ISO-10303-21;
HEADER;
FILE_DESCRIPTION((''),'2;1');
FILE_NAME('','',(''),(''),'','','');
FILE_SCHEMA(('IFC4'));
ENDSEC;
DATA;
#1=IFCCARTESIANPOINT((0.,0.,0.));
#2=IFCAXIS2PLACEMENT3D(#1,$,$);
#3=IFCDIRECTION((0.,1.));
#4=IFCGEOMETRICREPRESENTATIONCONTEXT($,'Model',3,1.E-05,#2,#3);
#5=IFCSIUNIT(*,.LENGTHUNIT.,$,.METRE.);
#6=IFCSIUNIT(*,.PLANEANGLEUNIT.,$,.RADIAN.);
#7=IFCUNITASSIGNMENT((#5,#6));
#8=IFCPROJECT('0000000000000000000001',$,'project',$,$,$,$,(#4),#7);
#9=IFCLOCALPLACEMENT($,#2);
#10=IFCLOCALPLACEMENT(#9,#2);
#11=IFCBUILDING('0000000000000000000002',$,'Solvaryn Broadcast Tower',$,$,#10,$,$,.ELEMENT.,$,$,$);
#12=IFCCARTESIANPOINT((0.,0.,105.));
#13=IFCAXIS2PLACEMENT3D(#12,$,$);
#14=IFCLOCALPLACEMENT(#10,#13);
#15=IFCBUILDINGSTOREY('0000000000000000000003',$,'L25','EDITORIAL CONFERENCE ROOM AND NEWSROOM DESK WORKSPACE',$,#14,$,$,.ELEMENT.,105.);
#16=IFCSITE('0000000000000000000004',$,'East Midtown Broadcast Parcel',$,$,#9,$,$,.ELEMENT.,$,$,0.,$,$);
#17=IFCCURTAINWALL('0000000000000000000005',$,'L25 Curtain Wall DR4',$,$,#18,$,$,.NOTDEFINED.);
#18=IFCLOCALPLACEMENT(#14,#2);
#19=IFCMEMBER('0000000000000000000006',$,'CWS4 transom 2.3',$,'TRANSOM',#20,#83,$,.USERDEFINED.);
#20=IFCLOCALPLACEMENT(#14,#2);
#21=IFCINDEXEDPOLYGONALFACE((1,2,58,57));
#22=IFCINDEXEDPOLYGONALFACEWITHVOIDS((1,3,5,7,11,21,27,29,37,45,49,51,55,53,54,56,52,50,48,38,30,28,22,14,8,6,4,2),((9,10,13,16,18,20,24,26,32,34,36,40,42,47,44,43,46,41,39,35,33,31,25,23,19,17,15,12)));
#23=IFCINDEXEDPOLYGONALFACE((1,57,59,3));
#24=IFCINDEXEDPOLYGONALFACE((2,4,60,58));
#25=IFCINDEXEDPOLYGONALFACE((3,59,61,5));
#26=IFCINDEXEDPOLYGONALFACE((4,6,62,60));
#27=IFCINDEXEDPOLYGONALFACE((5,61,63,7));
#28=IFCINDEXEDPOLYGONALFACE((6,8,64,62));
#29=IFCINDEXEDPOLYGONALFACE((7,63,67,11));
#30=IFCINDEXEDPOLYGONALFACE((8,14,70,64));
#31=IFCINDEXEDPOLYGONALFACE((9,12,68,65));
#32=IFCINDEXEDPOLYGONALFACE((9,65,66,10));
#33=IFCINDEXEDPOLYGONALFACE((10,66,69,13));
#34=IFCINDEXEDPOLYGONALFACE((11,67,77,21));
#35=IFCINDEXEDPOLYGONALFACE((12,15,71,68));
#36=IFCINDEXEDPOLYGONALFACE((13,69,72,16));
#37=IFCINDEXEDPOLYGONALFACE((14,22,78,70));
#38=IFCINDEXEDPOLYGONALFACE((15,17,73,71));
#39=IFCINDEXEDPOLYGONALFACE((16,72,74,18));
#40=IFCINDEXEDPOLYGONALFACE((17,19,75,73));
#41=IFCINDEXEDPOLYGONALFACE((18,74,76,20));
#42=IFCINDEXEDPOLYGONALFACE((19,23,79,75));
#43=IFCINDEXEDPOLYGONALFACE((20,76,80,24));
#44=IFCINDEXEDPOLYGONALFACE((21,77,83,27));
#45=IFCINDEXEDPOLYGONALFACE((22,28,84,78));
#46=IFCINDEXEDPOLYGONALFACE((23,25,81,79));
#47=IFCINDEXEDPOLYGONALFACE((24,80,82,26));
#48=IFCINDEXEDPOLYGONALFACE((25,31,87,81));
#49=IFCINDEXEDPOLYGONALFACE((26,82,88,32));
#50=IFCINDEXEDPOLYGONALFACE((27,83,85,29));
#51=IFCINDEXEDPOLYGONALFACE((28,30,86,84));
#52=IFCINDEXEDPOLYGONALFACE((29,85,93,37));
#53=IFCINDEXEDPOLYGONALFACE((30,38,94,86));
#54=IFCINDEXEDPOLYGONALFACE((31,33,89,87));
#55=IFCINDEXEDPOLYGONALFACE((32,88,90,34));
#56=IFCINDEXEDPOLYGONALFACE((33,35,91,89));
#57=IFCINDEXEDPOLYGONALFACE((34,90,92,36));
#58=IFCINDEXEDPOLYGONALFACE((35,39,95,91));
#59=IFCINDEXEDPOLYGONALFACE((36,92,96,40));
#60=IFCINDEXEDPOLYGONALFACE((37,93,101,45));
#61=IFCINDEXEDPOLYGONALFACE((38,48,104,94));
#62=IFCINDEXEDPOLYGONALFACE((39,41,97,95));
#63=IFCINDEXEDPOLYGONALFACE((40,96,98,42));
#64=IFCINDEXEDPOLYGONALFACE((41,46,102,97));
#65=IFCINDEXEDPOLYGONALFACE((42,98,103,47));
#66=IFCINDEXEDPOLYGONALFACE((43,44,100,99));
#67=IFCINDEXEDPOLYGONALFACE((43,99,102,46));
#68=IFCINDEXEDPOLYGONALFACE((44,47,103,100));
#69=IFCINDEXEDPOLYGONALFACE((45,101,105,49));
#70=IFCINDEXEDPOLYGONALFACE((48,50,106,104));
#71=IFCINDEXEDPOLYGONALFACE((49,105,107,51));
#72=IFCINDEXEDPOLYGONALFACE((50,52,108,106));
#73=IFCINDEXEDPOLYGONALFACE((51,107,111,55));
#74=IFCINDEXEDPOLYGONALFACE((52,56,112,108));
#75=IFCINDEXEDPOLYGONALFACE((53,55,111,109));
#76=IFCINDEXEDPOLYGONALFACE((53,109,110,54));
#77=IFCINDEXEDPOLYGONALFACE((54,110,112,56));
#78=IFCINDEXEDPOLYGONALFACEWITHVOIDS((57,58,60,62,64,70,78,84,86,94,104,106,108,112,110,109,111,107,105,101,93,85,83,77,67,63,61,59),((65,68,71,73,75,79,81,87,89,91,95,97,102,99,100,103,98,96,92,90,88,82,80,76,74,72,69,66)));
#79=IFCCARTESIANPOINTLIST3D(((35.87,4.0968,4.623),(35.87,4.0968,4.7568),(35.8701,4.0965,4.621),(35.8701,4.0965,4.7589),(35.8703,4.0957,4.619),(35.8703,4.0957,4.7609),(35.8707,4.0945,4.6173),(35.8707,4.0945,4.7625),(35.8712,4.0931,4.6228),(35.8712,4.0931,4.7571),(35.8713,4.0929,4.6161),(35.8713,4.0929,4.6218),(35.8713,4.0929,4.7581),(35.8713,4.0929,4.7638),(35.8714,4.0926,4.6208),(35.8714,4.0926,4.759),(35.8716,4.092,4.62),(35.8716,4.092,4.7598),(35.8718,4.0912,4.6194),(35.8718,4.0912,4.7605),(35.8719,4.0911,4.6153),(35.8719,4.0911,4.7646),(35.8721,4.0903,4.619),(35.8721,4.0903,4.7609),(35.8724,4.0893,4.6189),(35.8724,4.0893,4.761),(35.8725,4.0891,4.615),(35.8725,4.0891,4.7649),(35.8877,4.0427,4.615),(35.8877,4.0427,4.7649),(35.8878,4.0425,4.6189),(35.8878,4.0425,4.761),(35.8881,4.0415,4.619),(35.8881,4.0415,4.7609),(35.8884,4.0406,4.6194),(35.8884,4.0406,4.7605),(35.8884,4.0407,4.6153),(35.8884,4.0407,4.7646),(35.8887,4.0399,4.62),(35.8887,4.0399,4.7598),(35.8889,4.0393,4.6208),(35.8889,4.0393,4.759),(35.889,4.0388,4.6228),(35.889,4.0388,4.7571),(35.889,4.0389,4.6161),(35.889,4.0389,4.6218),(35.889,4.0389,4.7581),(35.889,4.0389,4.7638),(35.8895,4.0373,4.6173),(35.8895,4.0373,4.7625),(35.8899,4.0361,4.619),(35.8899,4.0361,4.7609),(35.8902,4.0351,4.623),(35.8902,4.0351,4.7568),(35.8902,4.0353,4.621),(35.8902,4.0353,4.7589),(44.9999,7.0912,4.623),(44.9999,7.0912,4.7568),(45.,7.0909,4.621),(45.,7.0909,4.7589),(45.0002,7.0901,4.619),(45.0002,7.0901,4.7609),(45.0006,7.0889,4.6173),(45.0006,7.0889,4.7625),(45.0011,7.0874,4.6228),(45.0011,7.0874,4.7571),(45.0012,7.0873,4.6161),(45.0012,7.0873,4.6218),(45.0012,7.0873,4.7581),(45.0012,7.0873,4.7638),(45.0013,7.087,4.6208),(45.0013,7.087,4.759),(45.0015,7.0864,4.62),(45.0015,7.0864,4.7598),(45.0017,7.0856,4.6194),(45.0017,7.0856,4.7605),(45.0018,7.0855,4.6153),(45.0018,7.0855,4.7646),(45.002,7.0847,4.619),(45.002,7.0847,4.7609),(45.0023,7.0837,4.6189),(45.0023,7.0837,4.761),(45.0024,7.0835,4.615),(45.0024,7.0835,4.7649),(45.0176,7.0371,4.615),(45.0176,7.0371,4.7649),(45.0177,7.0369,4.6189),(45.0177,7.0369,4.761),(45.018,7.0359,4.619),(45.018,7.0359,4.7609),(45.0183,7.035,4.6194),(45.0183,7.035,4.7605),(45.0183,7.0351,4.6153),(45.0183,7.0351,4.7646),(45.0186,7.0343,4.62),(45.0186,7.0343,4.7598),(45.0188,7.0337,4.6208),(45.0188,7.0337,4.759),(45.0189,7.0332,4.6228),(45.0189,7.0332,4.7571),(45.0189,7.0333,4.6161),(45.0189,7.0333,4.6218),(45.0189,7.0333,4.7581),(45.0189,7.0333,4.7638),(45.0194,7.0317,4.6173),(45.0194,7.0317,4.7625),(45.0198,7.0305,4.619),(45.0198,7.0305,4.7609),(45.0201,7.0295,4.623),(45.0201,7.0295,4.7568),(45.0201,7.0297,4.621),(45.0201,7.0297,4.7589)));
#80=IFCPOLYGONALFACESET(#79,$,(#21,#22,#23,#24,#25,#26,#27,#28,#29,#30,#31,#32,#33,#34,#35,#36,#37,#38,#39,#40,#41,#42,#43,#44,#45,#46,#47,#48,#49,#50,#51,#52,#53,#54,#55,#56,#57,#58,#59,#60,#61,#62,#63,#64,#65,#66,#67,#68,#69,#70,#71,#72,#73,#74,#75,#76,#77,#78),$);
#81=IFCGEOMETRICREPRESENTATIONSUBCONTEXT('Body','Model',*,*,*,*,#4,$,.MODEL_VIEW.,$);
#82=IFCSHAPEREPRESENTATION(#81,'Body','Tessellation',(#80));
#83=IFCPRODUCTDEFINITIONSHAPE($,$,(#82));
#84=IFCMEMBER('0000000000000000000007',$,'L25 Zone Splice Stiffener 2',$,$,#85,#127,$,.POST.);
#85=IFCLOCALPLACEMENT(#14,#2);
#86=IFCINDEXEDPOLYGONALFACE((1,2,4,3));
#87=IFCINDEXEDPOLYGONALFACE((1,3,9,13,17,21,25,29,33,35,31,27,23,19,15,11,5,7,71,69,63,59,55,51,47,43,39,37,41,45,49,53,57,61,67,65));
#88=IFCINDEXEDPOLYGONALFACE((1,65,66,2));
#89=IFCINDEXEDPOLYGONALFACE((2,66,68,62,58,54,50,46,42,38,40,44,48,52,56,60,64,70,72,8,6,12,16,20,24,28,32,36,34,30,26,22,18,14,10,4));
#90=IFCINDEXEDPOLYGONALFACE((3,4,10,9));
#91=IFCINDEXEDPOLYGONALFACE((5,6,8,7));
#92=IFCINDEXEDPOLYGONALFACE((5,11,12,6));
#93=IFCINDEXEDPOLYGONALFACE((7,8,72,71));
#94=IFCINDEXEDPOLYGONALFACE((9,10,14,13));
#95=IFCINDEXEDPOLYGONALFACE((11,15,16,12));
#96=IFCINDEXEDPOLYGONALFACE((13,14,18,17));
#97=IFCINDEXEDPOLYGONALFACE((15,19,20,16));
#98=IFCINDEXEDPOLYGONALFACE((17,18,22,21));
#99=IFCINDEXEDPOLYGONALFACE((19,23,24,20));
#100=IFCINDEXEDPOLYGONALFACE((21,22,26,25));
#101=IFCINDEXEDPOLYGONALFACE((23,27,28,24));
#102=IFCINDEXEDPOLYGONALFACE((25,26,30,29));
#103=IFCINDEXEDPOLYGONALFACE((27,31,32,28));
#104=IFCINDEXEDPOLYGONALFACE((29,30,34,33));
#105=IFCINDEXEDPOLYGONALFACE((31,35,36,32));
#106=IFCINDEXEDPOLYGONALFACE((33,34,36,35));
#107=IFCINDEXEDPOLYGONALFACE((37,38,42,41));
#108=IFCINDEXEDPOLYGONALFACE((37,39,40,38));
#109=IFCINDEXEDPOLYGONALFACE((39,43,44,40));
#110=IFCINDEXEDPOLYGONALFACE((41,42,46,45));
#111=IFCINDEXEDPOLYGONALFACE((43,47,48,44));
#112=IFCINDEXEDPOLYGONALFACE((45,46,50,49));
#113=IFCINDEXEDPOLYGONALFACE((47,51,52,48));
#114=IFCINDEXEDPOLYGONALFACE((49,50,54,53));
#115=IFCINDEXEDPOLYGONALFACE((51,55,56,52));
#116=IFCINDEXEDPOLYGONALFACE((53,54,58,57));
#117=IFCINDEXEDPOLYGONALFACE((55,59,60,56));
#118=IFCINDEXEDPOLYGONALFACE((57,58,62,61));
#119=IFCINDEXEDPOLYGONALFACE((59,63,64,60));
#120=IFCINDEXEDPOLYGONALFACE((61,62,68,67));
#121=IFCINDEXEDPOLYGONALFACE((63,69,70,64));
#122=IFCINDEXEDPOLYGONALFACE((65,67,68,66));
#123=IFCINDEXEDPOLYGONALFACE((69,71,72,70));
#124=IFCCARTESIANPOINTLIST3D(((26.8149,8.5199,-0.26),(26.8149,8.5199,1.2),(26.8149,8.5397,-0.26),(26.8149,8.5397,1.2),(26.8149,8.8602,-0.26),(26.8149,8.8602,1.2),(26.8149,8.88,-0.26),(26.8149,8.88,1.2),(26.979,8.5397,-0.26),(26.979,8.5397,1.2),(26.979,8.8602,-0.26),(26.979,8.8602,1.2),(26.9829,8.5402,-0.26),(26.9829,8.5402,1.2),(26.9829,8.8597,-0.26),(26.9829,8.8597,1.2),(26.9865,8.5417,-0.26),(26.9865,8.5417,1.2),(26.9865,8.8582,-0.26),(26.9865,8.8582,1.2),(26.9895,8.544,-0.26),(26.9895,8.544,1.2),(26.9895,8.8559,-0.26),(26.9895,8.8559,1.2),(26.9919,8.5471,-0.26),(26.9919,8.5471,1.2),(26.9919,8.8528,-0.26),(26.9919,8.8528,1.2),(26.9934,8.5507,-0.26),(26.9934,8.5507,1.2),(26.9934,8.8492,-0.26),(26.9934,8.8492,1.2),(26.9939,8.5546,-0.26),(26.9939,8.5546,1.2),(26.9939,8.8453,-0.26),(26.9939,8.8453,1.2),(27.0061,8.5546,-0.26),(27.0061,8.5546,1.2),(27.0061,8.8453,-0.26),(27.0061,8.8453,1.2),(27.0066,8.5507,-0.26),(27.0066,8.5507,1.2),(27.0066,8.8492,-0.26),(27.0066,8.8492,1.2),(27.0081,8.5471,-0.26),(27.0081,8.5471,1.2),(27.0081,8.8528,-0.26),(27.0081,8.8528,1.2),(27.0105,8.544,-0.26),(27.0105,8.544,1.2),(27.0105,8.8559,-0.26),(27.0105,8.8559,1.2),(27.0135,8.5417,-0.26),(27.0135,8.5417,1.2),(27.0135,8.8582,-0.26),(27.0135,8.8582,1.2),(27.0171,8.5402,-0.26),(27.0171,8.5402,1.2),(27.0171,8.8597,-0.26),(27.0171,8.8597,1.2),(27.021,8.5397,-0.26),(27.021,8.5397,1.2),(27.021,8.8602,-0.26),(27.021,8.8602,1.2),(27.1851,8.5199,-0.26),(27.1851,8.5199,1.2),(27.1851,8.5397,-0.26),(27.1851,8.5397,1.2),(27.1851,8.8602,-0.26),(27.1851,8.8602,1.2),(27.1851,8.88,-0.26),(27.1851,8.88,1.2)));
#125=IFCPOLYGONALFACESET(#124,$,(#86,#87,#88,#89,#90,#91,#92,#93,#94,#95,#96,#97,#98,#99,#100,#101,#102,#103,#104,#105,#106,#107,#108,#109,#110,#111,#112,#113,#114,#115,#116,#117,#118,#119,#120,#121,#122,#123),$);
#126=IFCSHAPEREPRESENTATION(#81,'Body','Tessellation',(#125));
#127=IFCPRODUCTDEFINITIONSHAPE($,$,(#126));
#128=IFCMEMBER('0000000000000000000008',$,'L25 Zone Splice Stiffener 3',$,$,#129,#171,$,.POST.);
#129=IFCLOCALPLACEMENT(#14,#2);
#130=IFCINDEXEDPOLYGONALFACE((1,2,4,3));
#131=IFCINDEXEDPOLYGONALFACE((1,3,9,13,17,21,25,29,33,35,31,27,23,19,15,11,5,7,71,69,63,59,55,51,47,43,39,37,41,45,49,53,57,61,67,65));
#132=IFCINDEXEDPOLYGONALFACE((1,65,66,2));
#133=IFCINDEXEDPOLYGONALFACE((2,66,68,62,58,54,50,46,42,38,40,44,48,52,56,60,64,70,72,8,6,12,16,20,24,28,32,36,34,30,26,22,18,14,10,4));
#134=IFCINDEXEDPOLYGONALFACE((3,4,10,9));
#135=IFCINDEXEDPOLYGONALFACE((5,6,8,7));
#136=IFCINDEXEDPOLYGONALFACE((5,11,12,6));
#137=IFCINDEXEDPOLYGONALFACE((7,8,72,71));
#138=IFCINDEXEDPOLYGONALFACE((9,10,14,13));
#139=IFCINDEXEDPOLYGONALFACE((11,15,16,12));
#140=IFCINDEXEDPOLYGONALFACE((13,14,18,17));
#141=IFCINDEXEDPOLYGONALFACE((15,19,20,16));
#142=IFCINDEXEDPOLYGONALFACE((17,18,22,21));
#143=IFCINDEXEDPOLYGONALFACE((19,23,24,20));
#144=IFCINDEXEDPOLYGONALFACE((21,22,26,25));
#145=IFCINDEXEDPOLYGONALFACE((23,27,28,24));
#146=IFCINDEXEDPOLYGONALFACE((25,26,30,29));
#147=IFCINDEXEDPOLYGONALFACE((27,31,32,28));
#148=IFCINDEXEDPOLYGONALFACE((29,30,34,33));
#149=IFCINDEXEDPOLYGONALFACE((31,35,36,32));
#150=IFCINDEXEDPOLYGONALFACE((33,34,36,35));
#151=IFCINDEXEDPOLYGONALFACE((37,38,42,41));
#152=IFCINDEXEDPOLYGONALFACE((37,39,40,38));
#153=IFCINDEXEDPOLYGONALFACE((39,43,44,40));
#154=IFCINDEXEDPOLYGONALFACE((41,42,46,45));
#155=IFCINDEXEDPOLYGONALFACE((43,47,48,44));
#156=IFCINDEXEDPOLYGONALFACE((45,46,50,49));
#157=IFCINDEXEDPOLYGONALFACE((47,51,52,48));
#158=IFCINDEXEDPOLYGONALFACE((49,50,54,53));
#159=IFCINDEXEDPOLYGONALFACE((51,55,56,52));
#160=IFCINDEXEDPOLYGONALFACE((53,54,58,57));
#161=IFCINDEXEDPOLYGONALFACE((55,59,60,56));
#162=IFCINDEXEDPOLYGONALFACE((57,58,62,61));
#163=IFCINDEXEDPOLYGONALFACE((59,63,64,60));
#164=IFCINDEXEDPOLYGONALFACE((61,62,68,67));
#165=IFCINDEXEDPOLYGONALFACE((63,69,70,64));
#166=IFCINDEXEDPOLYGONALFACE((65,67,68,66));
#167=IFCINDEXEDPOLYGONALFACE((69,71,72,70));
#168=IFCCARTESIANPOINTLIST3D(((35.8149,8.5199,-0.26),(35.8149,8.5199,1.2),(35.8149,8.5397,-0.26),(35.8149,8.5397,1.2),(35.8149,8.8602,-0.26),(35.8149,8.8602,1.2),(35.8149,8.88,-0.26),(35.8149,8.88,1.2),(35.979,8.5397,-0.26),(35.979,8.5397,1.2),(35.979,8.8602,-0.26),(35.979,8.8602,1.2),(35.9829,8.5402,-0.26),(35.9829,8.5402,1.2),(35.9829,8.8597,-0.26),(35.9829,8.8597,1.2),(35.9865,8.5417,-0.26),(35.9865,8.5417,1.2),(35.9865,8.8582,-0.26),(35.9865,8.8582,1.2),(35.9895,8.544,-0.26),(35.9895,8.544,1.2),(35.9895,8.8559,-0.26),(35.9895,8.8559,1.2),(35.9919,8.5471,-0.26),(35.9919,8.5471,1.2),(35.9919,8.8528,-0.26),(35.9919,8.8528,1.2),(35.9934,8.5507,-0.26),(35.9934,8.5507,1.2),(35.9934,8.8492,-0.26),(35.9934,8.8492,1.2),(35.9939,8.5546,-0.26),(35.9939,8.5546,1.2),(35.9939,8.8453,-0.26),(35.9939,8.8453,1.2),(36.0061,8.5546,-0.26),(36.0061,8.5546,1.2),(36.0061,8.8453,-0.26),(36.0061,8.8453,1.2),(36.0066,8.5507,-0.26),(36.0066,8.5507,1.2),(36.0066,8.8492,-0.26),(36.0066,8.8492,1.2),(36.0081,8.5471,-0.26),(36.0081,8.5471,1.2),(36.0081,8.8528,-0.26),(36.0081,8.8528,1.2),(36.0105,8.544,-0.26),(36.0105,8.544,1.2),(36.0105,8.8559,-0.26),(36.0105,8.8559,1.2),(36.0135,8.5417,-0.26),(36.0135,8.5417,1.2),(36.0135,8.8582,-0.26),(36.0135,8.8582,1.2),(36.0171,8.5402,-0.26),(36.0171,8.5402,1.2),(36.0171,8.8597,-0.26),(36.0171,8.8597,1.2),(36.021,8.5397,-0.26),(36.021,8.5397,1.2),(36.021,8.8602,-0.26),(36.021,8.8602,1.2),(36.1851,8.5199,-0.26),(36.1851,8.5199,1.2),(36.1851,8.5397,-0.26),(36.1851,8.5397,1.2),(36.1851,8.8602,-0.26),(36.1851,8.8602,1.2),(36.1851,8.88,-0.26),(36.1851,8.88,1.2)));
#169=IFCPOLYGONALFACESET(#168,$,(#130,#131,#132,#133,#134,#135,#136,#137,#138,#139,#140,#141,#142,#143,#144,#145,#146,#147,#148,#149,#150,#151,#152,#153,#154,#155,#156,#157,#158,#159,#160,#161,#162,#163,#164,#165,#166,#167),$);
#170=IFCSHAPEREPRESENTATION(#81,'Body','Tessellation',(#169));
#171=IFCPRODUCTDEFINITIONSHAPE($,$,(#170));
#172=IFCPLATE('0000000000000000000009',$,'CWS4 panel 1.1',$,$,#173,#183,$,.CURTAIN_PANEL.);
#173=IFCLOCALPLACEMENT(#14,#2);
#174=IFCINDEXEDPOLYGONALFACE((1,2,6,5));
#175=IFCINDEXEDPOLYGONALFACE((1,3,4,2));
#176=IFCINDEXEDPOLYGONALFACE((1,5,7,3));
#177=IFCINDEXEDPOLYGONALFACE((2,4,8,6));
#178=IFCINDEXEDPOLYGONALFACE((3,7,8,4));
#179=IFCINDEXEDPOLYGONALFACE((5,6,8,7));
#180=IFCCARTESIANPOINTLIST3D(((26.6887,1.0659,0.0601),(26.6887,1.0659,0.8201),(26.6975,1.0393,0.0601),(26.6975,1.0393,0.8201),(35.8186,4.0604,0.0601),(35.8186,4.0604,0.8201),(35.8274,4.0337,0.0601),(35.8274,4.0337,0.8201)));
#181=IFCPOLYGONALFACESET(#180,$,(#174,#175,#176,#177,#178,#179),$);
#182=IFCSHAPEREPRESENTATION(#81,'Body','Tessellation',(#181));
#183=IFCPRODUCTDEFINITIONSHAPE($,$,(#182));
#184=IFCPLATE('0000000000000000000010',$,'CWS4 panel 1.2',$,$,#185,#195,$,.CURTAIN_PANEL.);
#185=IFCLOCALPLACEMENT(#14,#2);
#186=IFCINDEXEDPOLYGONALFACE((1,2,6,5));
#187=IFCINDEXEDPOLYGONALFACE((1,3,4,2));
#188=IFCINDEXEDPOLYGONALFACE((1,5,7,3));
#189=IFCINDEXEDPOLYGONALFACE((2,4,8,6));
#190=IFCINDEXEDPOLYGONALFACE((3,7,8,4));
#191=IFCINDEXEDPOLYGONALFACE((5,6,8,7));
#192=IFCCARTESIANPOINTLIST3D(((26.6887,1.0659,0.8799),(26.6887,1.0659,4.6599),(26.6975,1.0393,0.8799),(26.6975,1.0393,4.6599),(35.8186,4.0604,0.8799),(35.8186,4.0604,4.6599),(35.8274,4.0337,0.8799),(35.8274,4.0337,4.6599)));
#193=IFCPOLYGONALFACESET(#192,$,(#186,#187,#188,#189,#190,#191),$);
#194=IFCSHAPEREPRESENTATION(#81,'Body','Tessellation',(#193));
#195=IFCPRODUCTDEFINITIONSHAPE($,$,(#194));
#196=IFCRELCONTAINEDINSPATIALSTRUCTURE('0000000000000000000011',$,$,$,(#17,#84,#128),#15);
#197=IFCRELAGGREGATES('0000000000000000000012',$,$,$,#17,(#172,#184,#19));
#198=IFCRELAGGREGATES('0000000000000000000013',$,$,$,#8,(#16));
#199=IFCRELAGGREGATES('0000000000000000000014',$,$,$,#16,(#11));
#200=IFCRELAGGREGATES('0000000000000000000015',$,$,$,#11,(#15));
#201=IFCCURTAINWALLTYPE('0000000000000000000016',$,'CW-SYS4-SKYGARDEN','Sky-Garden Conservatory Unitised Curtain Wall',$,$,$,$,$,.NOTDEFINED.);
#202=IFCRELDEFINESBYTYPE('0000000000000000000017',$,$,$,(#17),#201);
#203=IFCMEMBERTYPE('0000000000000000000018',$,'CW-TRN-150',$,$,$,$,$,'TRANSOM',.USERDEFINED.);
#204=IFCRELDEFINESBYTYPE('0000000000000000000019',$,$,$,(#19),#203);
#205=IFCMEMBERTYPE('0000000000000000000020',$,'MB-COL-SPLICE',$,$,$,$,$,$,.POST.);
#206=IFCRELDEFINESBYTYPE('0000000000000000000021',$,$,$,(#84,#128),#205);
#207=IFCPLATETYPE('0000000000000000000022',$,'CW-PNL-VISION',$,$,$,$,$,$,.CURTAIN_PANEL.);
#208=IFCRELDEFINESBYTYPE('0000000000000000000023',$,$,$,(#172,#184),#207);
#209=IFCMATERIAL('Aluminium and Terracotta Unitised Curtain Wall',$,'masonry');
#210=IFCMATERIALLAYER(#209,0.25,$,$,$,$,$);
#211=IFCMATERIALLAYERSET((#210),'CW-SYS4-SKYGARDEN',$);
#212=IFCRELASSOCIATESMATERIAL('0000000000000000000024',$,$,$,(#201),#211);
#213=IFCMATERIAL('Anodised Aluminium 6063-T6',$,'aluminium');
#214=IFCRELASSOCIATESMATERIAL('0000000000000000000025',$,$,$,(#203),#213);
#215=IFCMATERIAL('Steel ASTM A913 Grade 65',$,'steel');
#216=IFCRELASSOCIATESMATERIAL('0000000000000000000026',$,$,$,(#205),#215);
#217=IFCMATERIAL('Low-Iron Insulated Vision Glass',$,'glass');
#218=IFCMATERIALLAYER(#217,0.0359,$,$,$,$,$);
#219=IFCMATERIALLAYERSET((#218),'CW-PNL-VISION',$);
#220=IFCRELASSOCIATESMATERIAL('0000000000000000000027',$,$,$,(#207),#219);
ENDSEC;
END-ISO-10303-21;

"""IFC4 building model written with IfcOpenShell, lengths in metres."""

from ifc_helpers import new_model, si_unit, direction, frame, origin, origin_2d, place, context, subcontext, project, spatial, rectangle, hollow_rectangle, i_section, extrude, material, layer, layer_set, material_profile, profile_set, type_object, element, aggregate, save


model = new_model("IFC4")

# Units and contexts
model_context = context("Model", 3, precision=1e-05, world=origin(), true_north=direction((0.0, 1.0)))
body_context = subcontext(model_context, "Body", "Model", "MODEL_VIEW")
ifc_project = project(units=[si_unit("LENGTHUNIT", "METRE"), si_unit("PLANEANGLEUNIT", "RADIAN")], contexts=[model_context])

# Site, building, storey
site_placement = place(None, origin())
site = spatial("IfcSite", under=ifc_project, at=site_placement, Name="East Midtown Broadcast Parcel", CompositionType="ELEMENT", RefElevation=0.0)
building_placement = place(site_placement, origin())
building = spatial("IfcBuilding", under=site, at=building_placement, Name="Solvaryn Broadcast Tower", CompositionType="ELEMENT")
storey_placement = place(building_placement, frame((0.0, 0.0, 105.0)))
storey = spatial("IfcBuildingStorey", under=building, at=storey_placement, Name="L25", Description="EDITORIAL CONFERENCE ROOM AND NEWSROOM DESK WORKSPACE", CompositionType="ELEMENT", Elevation=105.0)

# Shared definitions
ifc_material_1 = material(Name="Aluminium and Terracotta Unitised Curtain Wall", Category="masonry")
ifc_layer_1 = layer(ifc_material_1, 0.25)
ifc_layer_set_1 = layer_set([ifc_layer_1], Name="CW-SYS4-SKYGARDEN")
curtain_wall_type = type_object("IfcCurtainWallType", Name="CW-SYS4-SKYGARDEN", Description="Sky-Garden Conservatory Unitised Curtain Wall", PredefinedType="NOTDEFINED", material=ifc_layer_set_1)

# Curtain wall, member
curtain_wall_1_placement = place(storey_placement, origin())
curtain_wall_1 = element("IfcCurtainWall", 1, at=curtain_wall_1_placement, inside=storey, type_object=curtain_wall_type, Name="L25 Curtain Wall DR4", PredefinedType="NOTDEFINED")
ifc_material_2 = material(Name="Anodised Aluminium 6063-T6", Category="aluminium")
ifc_material_profile_1 = material_profile(ifc_material_2, hollow_rectangle(XDim=0.0649, YDim=0.1499, WallThickness=0.0039, InnerFilletRadius=0.0039, OuterFilletRadius=0.0081, at=origin_2d()))
ifc_profile_set_1 = profile_set([ifc_material_profile_1], Name="Anodised Aluminium 6063-T6")
member_type_1 = type_object("IfcMemberType", Name="CW-TRN-150", ElementType="TRANSOM", PredefinedType="USERDEFINED", material=ifc_profile_set_1)
member_1_placement = place(storey_placement, frame((35.8801, 4.0659, 4.6899), z_axis=(0.950199, 0.311643, 0.0), x_axis=(-0.311643, 0.950199, 0.0)))
member_1 = element("IfcMember", 2, at=member_1_placement, type_object=member_type_1, Name="CWS4 transom 2.3", ObjectType="TRANSOM", PredefinedType="USERDEFINED", context=body_context, shape_type="SweptSolid", body=[
    extrude(hollow_rectangle(XDim=0.0649, YDim=0.1499, WallThickness=0.0039, InnerFilletRadius=0.0039, OuterFilletRadius=0.0081, at=origin_2d()), origin(), (0.0, 0.0, 1.0), 9.6084),
])

# Members
ifc_material_3 = material(Name="Steel ASTM A913 Grade 65", Category="steel")
ifc_material_profile_2 = material_profile(ifc_material_3, i_section(OverallWidth=0.3701, OverallDepth=0.3601, WebThickness=0.0122, FlangeThickness=0.0198, FilletRadius=0.0149, at=origin_2d()))
ifc_profile_set_2 = profile_set([ifc_material_profile_2], Name="Steel ASTM A913 Grade 65")
member_type_2 = type_object("IfcMemberType", Name="MB-COL-SPLICE", PredefinedType="POST", material=ifc_profile_set_2)
for number, where, z_axis, x_axis, name in (
    (3, (27.0, 8.7, -0.26), (0.0, 0.0, 1.0), (1.0, 0.0, 0.0), "L25 Zone Splice Stiffener 2"),
    (4, (36.0, 8.7, -0.26), (0.0, 0.0, 1.0), (1.0, 0.0, 0.0), "L25 Zone Splice Stiffener 3"),
):
    element("IfcMember", number, at=place(storey_placement, frame(where, z_axis=z_axis, x_axis=x_axis)), inside=storey, type_object=member_type_2, Name=name, PredefinedType="POST", context=body_context, shape_type="SweptSolid", body=[
        extrude(i_section(OverallWidth=0.3701, OverallDepth=0.3601, WebThickness=0.0122, FlangeThickness=0.0198, FilletRadius=0.0149, at=origin_2d()), origin(), (0.0, 0.0, 1.0), 1.46),
    ])

# Plates
ifc_material_4 = material(Name="Low-Iron Insulated Vision Glass", Category="glass")
ifc_layer_2 = layer(ifc_material_4, 0.0359)
ifc_layer_set_2 = layer_set([ifc_layer_2], Name="CW-PNL-VISION")
plate_type_1 = type_object("IfcPlateType", Name="CW-PNL-VISION", PredefinedType="CURTAIN_PANEL", material=ifc_layer_set_2)
plate_1_placement = place(storey_placement, frame((31.2581, 2.5498, 0.0601), z_axis=(0.0, 0.0, 1.0), x_axis=(0.950198, 0.311646, 0.0)))
plate_1 = element("IfcPlate", 5, at=plate_1_placement, type_object=plate_type_1, Name="CWS4 panel 1.1", PredefinedType="CURTAIN_PANEL", context=body_context, shape_type="SweptSolid", body=[
    extrude(rectangle(XDim=9.6084, YDim=0.0281, at=origin_2d()), origin(), (0.0, 0.0, 1.0), 0.76),
])
plate_2_placement = place(storey_placement, frame((31.2581, 2.5498, 0.8799), z_axis=(0.0, 0.0, 1.0), x_axis=(0.950198, 0.311646, 0.0)))
plate_2 = element("IfcPlate", 6, at=plate_2_placement, type_object=plate_type_1, Name="CWS4 panel 1.2", PredefinedType="CURTAIN_PANEL", context=body_context, shape_type="SweptSolid", body=[
    extrude(rectangle(XDim=9.6084, YDim=0.0281, at=origin_2d()), origin(), (0.0, 0.0, 1.0), 3.78),
])
aggregate(curtain_wall_1, [plate_1, plate_2, member_1])

save(model, "model.ifc")
